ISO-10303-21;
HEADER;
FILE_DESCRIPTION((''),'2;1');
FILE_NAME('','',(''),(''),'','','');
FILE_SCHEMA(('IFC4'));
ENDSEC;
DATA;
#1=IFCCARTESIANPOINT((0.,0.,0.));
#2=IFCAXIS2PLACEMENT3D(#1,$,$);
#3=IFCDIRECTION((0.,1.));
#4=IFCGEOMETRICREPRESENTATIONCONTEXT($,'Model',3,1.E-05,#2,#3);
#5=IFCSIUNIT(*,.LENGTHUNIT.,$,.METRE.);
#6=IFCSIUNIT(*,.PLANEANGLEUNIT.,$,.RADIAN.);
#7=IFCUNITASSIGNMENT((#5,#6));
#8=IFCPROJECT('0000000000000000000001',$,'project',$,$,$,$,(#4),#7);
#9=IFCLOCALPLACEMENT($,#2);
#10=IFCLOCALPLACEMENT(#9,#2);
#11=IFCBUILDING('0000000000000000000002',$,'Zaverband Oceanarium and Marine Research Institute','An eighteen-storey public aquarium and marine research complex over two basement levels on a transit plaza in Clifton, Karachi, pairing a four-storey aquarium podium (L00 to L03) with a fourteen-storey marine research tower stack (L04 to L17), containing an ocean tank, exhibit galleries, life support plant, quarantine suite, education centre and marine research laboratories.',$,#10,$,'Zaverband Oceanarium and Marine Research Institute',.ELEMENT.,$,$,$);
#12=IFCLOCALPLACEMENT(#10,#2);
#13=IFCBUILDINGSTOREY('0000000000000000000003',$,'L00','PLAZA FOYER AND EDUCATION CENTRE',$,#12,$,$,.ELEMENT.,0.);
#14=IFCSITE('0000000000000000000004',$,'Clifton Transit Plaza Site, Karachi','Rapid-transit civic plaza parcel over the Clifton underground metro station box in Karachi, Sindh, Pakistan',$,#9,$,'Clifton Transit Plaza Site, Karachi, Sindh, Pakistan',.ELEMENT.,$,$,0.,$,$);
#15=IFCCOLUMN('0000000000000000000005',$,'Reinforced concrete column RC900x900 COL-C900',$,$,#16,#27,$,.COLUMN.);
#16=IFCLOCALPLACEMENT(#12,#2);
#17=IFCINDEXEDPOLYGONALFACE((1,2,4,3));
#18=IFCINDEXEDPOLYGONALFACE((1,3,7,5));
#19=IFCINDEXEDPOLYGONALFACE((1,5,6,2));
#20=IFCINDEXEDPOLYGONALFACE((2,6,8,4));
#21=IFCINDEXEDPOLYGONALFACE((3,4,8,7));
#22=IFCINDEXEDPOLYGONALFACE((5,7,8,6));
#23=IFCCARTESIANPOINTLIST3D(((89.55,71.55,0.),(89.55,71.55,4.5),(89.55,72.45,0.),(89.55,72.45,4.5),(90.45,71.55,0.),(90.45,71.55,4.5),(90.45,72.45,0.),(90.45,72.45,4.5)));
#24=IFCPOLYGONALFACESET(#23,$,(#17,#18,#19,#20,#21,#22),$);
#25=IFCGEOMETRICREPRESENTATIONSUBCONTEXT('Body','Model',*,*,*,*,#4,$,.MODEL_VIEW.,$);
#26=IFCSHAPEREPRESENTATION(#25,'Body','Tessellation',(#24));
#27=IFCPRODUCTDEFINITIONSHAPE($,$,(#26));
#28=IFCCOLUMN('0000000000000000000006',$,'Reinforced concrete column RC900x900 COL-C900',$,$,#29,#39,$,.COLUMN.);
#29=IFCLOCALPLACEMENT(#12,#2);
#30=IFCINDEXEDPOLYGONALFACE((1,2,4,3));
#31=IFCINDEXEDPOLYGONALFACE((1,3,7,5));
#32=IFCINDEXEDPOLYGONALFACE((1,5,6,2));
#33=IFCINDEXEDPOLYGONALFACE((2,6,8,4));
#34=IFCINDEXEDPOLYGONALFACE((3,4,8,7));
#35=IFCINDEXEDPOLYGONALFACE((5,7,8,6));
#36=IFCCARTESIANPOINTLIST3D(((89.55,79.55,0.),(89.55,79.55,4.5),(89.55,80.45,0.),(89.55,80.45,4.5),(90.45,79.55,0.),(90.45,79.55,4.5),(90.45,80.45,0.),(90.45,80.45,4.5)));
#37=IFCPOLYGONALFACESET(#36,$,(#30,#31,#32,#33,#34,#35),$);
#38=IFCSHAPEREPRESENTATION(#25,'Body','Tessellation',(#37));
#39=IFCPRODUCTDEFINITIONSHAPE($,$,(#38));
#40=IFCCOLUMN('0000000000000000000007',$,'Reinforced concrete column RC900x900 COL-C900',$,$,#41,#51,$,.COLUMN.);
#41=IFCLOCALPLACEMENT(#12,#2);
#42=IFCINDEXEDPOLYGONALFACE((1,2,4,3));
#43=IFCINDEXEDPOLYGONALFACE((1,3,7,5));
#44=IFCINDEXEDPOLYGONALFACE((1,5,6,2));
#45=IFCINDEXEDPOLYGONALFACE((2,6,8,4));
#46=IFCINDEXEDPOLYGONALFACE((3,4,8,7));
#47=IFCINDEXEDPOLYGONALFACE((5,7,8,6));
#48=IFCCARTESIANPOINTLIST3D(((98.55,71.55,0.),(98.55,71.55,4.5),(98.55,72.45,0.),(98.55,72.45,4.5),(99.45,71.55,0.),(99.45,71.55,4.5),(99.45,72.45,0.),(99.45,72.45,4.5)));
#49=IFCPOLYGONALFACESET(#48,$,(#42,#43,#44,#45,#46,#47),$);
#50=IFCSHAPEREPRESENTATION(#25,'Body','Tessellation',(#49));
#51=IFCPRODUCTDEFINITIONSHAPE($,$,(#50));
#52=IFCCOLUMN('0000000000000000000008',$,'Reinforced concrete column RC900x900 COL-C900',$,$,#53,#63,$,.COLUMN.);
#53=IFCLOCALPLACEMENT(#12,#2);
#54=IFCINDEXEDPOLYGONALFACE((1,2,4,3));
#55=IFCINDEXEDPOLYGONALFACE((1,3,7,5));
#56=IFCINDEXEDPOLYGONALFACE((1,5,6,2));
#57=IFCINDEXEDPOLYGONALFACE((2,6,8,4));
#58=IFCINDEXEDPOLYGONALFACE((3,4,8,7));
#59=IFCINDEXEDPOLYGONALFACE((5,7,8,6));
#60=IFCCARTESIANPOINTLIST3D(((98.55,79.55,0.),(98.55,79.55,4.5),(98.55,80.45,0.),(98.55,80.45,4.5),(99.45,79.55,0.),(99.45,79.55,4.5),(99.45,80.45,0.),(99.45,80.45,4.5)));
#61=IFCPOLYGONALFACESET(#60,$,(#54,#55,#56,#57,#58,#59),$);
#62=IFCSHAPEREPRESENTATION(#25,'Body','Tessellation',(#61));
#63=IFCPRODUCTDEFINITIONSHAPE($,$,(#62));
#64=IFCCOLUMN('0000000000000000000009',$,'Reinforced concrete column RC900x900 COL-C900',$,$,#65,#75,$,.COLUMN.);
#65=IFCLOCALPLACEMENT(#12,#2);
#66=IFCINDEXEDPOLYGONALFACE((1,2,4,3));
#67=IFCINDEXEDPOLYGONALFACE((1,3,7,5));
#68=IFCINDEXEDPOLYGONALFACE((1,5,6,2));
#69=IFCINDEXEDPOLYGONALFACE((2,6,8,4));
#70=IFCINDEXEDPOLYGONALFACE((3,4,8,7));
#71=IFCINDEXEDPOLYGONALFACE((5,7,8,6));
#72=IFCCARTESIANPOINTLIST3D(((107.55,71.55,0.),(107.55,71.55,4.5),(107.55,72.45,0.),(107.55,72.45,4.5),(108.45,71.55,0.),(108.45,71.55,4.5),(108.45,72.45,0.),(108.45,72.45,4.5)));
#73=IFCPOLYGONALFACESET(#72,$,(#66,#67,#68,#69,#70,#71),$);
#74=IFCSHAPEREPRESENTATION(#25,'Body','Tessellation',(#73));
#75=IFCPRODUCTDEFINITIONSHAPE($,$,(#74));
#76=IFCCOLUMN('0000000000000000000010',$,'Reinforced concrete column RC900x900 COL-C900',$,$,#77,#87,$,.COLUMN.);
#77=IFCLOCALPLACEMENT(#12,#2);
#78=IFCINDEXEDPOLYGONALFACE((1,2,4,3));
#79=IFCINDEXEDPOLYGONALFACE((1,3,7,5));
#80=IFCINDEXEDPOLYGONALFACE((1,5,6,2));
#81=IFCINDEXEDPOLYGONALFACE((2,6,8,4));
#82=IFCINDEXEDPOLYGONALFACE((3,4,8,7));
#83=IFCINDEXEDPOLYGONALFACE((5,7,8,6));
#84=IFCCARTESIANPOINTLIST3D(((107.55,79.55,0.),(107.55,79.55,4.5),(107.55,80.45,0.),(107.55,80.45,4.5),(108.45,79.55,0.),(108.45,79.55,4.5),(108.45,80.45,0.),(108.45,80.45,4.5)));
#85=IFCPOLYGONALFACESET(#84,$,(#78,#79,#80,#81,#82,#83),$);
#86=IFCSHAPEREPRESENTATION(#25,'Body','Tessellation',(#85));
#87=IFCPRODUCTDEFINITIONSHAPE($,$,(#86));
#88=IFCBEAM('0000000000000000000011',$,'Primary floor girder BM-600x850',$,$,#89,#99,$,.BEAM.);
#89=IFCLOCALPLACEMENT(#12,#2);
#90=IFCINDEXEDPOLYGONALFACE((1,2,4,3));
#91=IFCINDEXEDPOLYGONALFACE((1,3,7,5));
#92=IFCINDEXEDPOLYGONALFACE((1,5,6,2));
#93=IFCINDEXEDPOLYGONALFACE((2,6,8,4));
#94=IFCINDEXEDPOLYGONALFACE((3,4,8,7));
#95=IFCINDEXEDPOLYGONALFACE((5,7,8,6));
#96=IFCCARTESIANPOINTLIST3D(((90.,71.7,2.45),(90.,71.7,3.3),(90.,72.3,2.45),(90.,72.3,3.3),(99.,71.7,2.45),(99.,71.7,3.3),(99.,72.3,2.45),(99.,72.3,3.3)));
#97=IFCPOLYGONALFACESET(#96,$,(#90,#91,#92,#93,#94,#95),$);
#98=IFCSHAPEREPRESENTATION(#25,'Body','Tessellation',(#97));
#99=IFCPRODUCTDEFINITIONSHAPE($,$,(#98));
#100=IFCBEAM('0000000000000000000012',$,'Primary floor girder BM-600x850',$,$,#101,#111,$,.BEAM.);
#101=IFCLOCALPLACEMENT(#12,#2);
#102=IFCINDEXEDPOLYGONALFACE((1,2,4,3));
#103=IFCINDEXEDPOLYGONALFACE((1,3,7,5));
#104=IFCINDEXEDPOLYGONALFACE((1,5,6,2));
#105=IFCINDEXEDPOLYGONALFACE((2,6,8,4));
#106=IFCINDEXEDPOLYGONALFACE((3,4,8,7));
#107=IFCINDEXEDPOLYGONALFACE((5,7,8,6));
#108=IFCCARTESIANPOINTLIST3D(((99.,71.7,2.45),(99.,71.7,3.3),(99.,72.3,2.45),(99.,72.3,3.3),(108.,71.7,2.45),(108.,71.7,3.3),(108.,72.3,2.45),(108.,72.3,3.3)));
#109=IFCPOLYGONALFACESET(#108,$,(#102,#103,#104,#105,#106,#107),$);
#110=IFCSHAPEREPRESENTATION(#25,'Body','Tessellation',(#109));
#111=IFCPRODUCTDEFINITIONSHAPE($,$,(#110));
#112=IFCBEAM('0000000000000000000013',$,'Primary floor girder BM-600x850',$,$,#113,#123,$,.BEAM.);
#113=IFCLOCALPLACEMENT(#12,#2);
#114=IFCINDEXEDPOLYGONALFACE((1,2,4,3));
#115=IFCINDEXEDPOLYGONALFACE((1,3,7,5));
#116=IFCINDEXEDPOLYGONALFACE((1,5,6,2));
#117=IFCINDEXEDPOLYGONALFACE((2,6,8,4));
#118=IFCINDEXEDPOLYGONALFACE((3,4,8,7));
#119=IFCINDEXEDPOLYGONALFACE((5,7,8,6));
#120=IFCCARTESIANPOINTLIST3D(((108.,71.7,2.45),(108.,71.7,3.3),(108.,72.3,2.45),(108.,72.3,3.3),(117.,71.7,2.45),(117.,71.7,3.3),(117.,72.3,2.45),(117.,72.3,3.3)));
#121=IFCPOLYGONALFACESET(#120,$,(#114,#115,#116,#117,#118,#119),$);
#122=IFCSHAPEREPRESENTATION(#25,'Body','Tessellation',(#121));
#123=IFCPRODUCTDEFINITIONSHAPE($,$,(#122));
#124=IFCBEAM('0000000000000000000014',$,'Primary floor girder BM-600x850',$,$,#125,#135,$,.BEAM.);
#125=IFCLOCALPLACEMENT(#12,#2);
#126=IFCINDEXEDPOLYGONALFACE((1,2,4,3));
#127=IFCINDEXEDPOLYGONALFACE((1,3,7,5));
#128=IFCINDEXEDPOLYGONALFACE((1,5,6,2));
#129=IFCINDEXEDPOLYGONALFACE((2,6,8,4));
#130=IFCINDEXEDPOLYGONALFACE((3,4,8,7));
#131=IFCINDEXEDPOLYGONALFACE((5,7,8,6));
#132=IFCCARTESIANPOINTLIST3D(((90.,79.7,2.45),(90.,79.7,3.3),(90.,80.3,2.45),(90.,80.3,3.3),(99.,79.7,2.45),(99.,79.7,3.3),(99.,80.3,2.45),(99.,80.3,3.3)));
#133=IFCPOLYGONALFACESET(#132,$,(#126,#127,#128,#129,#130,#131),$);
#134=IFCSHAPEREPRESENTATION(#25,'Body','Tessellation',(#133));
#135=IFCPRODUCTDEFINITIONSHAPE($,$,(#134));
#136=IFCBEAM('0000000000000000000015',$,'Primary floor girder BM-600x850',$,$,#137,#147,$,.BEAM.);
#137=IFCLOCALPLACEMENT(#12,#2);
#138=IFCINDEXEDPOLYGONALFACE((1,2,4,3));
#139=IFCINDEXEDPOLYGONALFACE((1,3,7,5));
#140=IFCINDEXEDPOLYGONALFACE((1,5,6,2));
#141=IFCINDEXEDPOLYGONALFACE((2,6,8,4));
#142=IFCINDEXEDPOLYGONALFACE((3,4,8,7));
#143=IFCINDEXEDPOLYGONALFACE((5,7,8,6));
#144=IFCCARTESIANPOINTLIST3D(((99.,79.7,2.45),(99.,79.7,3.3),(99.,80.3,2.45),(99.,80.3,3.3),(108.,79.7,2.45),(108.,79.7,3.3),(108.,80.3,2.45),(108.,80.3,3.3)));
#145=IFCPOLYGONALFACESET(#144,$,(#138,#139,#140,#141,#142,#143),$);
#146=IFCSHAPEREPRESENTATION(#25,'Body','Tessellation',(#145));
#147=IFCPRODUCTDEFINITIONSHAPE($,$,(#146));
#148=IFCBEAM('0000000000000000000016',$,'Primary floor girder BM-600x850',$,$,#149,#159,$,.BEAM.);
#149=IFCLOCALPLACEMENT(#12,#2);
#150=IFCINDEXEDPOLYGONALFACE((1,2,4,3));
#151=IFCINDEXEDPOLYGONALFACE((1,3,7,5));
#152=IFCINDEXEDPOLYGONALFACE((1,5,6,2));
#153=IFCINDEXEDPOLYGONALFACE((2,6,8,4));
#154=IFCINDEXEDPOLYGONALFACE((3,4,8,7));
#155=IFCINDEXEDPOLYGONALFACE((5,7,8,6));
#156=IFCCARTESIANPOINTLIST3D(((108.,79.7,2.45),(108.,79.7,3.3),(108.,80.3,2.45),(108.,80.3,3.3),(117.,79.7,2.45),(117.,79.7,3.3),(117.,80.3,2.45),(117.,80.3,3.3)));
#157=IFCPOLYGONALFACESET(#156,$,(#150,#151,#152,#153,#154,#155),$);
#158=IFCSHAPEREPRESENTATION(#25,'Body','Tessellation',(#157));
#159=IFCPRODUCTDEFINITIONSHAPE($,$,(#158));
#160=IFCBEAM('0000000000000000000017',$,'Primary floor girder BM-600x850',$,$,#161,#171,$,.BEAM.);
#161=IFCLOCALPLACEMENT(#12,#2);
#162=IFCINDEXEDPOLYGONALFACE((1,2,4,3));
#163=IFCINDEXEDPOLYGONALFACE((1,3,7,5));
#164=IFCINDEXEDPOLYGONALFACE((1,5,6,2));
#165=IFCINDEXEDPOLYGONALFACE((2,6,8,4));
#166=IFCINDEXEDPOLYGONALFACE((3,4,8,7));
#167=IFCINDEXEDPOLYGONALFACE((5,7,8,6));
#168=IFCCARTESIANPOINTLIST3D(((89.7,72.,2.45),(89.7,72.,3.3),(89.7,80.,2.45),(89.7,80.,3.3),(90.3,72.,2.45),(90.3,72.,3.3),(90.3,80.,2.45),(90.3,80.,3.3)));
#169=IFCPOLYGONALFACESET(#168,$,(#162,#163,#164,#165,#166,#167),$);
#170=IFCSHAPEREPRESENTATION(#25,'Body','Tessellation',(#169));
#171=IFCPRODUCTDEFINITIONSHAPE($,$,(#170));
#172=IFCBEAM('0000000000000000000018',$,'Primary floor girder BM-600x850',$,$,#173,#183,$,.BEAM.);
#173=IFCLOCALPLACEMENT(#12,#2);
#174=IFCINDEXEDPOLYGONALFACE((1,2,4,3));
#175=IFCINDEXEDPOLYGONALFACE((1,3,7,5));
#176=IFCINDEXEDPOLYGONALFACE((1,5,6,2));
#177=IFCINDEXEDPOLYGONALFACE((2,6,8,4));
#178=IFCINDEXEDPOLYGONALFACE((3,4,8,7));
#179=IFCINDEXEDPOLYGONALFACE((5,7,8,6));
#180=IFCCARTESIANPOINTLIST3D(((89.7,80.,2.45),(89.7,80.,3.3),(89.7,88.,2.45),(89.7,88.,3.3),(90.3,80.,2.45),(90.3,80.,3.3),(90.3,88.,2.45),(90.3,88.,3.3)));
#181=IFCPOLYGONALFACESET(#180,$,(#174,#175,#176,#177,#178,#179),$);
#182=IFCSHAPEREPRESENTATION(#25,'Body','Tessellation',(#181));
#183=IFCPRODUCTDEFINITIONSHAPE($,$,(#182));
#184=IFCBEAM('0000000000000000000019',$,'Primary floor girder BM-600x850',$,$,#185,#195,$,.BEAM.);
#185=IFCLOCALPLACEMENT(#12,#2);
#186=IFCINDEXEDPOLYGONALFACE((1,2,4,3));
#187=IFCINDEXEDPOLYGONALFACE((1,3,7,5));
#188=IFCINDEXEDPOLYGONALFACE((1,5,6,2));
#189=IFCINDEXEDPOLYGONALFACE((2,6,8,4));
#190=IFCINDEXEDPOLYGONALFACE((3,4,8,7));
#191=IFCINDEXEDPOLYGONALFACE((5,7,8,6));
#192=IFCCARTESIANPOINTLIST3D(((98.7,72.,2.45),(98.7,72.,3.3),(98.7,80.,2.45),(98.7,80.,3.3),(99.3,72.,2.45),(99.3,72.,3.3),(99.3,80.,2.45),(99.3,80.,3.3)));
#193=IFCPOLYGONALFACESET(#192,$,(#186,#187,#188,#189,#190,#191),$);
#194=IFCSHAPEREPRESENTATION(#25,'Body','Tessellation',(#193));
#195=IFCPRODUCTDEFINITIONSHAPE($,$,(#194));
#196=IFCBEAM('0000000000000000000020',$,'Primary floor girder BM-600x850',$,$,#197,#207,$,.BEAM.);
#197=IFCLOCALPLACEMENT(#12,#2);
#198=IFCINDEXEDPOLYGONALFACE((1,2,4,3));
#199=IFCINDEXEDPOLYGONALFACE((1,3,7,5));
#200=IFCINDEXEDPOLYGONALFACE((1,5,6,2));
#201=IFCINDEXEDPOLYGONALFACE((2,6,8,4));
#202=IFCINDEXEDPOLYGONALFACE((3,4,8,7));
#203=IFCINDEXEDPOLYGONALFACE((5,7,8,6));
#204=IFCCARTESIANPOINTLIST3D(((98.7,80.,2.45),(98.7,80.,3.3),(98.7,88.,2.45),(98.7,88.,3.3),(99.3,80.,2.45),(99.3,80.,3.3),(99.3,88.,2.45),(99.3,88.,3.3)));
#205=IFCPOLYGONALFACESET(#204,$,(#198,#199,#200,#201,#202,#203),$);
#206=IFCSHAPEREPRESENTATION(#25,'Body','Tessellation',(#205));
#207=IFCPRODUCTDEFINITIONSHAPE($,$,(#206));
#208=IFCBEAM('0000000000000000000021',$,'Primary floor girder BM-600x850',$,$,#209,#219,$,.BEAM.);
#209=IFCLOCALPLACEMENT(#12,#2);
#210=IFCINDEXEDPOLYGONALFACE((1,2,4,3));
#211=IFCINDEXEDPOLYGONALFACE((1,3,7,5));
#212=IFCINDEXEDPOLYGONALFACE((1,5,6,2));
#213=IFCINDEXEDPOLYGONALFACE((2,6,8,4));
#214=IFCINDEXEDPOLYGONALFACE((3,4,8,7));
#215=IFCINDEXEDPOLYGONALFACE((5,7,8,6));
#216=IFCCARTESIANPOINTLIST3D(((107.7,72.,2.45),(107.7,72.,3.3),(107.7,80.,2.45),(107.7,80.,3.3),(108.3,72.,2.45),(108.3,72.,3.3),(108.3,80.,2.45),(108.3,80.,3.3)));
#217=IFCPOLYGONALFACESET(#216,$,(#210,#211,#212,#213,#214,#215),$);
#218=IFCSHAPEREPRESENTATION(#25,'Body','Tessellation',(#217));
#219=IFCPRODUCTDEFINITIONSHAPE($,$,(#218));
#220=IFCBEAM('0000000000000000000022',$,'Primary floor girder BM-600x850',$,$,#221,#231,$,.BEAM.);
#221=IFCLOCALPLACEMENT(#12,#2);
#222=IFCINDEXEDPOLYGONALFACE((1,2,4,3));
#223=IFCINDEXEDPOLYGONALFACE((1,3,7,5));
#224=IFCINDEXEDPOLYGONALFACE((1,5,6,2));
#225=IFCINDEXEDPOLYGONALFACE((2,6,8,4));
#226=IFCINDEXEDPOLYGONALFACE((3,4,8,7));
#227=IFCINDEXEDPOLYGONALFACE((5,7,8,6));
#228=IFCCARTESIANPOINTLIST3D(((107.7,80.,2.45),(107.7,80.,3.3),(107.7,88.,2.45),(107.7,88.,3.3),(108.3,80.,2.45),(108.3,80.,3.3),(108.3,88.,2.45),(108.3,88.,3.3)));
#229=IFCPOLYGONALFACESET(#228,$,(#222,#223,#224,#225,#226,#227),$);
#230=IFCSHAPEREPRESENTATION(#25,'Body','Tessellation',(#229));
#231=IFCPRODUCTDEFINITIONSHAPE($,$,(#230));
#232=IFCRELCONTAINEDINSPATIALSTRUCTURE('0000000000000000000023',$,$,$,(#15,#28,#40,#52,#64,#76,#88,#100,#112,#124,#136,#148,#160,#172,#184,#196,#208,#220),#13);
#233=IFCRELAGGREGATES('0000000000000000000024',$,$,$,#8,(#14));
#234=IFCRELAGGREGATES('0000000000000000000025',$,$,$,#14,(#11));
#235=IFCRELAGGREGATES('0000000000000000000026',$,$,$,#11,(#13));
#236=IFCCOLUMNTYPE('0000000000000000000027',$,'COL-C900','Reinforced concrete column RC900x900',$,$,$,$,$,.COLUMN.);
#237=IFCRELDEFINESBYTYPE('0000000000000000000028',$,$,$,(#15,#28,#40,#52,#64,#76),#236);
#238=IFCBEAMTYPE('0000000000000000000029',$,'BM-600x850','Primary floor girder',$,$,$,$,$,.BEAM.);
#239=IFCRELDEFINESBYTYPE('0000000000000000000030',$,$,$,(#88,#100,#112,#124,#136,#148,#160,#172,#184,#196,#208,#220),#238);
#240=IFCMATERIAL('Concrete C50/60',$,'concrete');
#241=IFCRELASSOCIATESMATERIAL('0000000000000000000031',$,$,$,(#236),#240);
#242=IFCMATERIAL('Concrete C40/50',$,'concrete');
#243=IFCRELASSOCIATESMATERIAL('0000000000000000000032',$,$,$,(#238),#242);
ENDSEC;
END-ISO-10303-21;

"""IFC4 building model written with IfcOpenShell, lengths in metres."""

from ifc_helpers import new_model, si_unit, direction, frame, origin, origin_2d, place, context, subcontext, project, spatial, rectangle, extrude, material, material_profile, profile_set, type_object, element, save


model = new_model("IFC4")

# Units and contexts
model_context = context("Model", 3, precision=1e-05, world=origin(), true_north=direction((0.0, 1.0)))
body_context = subcontext(model_context, "Body", "Model", "MODEL_VIEW")
ifc_project = project(units=[si_unit("LENGTHUNIT", "METRE"), si_unit("PLANEANGLEUNIT", "RADIAN")], contexts=[model_context])

# Site, building, storey
site_placement = place(None, origin())
site = spatial("IfcSite", under=ifc_project, at=site_placement, Name="Clifton Transit Plaza Site, Karachi", Description="Rapid-transit civic plaza parcel over the Clifton underground metro station box in Karachi, Sindh, Pakistan", LongName="Clifton Transit Plaza Site, Karachi, Sindh, Pakistan", CompositionType="ELEMENT", RefElevation=0.0)
building_placement = place(site_placement, origin())
building = spatial("IfcBuilding", under=site, at=building_placement, Name="Zaverband Oceanarium and Marine Research Institute", Description="An eighteen-storey public aquarium and marine research complex over two basement levels on a transit plaza in Clifton, Karachi, pairing a four-storey aquarium podium (L00 to L03) with a fourteen-storey marine research tower stack (L04 to L17), containing an ocean tank, exhibit galleries, life support plant, quarantine suite, education centre and marine research laboratories.", LongName="Zaverband Oceanarium and Marine Research Institute", CompositionType="ELEMENT")
storey_placement = place(building_placement, origin())
storey = spatial("IfcBuildingStorey", under=building, at=storey_placement, Name="L00", Description="PLAZA FOYER AND EDUCATION CENTRE", CompositionType="ELEMENT", Elevation=0.0)

# Columns
ifc_material_1 = material(Name="Concrete C50/60", Category="concrete")
ifc_material_profile_1 = material_profile(ifc_material_1, rectangle(XDim=0.8999, YDim=0.8999, at=origin_2d()), Name="RC900x900")
ifc_profile_set_1 = profile_set([ifc_material_profile_1], Name="Concrete C50/60")
column_type = type_object("IfcColumnType", Name="COL-C900", Description="Reinforced concrete column RC900x900", PredefinedType="COLUMN", material=ifc_profile_set_1)
for number, where, z_axis, x_axis, name in (
    (1, (90.0, 72.0, 0.0), (0.0, 0.0, 1.0), (1.0, 0.0, 0.0), "Reinforced concrete column RC900x900 COL-C900"),
    (2, (90.0, 80.0, 0.0), (0.0, 0.0, 1.0), (1.0, 0.0, 0.0), "Reinforced concrete column RC900x900 COL-C900"),
    (3, (99.0, 72.0, 0.0), (0.0, 0.0, 1.0), (1.0, 0.0, 0.0), "Reinforced concrete column RC900x900 COL-C900"),
    (4, (99.0, 80.0, 0.0), (0.0, 0.0, 1.0), (1.0, 0.0, 0.0), "Reinforced concrete column RC900x900 COL-C900"),
    (5, (108.0, 72.0, 0.0), (0.0, 0.0, 1.0), (1.0, 0.0, 0.0), "Reinforced concrete column RC900x900 COL-C900"),
    (6, (108.0, 80.0, 0.0), (0.0, 0.0, 1.0), (1.0, 0.0, 0.0), "Reinforced concrete column RC900x900 COL-C900"),
):
    element("IfcColumn", number, at=place(storey_placement, frame(where, z_axis=z_axis, x_axis=x_axis)), inside=storey, type_object=column_type, Name=name, PredefinedType="COLUMN", context=body_context, shape_type="SweptSolid", body=[
        extrude(rectangle(XDim=0.8999, YDim=0.8999, at=origin_2d()), origin(), (0.0, 0.0, 1.0), 4.5),
    ])

# Beams
ifc_material_2 = material(Name="Concrete C40/50", Category="concrete")
ifc_material_profile_2 = material_profile(ifc_material_2, rectangle(XDim=0.6001, YDim=0.8501, at=origin_2d()), Name="RC600x850")
ifc_profile_set_2 = profile_set([ifc_material_profile_2], Name="Concrete C40/50")
beam_type_1 = type_object("IfcBeamType", Name="BM-600x850", Description="Primary floor girder", PredefinedType="BEAM", material=ifc_profile_set_2)
for number, where, z_axis, x_axis, name in (
    (7, (90.0, 72.0, 2.875), (1.0, 0.0, 0.0), (0.0, 1.0, 0.0), "Primary floor girder BM-600x850"),
    (8, (99.0, 72.0, 2.875), (1.0, 0.0, 0.0), (0.0, 1.0, 0.0), "Primary floor girder BM-600x850"),
    (9, (108.0, 72.0, 2.875), (1.0, 0.0, 0.0), (0.0, 1.0, 0.0), "Primary floor girder BM-600x850"),
    (10, (90.0, 80.0, 2.875), (1.0, 0.0, 0.0), (0.0, 1.0, 0.0), "Primary floor girder BM-600x850"),
    (11, (99.0, 80.0, 2.875), (1.0, 0.0, 0.0), (0.0, 1.0, 0.0), "Primary floor girder BM-600x850"),
    (12, (108.0, 80.0, 2.875), (1.0, 0.0, 0.0), (0.0, 1.0, 0.0), "Primary floor girder BM-600x850"),
):
    element("IfcBeam", number, at=place(storey_placement, frame(where, z_axis=z_axis, x_axis=x_axis)), inside=storey, type_object=beam_type_1, Name=name, PredefinedType="BEAM", context=body_context, shape_type="SweptSolid", body=[
        extrude(rectangle(XDim=0.6001, YDim=0.8501, at=origin_2d()), origin(), (0.0, 0.0, 1.0), 9.0),
    ])
for number, where, z_axis, x_axis, name in (
    (13, (90.0, 72.0, 2.875), (0.0, 1.0, 0.0), (-1.0, 0.0, 0.0), "Primary floor girder BM-600x850"),
    (14, (90.0, 80.0, 2.875), (0.0, 1.0, 0.0), (-1.0, 0.0, 0.0), "Primary floor girder BM-600x850"),
    (15, (99.0, 72.0, 2.875), (0.0, 1.0, 0.0), (-1.0, 0.0, 0.0), "Primary floor girder BM-600x850"),
    (16, (99.0, 80.0, 2.875), (0.0, 1.0, 0.0), (-1.0, 0.0, 0.0), "Primary floor girder BM-600x850"),
    (17, (108.0, 72.0, 2.875), (0.0, 1.0, 0.0), (-1.0, 0.0, 0.0), "Primary floor girder BM-600x850"),
    (18, (108.0, 80.0, 2.875), (0.0, 1.0, 0.0), (-1.0, 0.0, 0.0), "Primary floor girder BM-600x850"),
):
    element("IfcBeam", number, at=place(storey_placement, frame(where, z_axis=z_axis, x_axis=x_axis)), inside=storey, type_object=beam_type_1, Name=name, PredefinedType="BEAM", context=body_context, shape_type="SweptSolid", body=[
        extrude(rectangle(XDim=0.6001, YDim=0.8501, at=origin_2d()), origin(), (0.0, 0.0, 1.0), 8.0),
    ])

save(model, "model.ifc")
